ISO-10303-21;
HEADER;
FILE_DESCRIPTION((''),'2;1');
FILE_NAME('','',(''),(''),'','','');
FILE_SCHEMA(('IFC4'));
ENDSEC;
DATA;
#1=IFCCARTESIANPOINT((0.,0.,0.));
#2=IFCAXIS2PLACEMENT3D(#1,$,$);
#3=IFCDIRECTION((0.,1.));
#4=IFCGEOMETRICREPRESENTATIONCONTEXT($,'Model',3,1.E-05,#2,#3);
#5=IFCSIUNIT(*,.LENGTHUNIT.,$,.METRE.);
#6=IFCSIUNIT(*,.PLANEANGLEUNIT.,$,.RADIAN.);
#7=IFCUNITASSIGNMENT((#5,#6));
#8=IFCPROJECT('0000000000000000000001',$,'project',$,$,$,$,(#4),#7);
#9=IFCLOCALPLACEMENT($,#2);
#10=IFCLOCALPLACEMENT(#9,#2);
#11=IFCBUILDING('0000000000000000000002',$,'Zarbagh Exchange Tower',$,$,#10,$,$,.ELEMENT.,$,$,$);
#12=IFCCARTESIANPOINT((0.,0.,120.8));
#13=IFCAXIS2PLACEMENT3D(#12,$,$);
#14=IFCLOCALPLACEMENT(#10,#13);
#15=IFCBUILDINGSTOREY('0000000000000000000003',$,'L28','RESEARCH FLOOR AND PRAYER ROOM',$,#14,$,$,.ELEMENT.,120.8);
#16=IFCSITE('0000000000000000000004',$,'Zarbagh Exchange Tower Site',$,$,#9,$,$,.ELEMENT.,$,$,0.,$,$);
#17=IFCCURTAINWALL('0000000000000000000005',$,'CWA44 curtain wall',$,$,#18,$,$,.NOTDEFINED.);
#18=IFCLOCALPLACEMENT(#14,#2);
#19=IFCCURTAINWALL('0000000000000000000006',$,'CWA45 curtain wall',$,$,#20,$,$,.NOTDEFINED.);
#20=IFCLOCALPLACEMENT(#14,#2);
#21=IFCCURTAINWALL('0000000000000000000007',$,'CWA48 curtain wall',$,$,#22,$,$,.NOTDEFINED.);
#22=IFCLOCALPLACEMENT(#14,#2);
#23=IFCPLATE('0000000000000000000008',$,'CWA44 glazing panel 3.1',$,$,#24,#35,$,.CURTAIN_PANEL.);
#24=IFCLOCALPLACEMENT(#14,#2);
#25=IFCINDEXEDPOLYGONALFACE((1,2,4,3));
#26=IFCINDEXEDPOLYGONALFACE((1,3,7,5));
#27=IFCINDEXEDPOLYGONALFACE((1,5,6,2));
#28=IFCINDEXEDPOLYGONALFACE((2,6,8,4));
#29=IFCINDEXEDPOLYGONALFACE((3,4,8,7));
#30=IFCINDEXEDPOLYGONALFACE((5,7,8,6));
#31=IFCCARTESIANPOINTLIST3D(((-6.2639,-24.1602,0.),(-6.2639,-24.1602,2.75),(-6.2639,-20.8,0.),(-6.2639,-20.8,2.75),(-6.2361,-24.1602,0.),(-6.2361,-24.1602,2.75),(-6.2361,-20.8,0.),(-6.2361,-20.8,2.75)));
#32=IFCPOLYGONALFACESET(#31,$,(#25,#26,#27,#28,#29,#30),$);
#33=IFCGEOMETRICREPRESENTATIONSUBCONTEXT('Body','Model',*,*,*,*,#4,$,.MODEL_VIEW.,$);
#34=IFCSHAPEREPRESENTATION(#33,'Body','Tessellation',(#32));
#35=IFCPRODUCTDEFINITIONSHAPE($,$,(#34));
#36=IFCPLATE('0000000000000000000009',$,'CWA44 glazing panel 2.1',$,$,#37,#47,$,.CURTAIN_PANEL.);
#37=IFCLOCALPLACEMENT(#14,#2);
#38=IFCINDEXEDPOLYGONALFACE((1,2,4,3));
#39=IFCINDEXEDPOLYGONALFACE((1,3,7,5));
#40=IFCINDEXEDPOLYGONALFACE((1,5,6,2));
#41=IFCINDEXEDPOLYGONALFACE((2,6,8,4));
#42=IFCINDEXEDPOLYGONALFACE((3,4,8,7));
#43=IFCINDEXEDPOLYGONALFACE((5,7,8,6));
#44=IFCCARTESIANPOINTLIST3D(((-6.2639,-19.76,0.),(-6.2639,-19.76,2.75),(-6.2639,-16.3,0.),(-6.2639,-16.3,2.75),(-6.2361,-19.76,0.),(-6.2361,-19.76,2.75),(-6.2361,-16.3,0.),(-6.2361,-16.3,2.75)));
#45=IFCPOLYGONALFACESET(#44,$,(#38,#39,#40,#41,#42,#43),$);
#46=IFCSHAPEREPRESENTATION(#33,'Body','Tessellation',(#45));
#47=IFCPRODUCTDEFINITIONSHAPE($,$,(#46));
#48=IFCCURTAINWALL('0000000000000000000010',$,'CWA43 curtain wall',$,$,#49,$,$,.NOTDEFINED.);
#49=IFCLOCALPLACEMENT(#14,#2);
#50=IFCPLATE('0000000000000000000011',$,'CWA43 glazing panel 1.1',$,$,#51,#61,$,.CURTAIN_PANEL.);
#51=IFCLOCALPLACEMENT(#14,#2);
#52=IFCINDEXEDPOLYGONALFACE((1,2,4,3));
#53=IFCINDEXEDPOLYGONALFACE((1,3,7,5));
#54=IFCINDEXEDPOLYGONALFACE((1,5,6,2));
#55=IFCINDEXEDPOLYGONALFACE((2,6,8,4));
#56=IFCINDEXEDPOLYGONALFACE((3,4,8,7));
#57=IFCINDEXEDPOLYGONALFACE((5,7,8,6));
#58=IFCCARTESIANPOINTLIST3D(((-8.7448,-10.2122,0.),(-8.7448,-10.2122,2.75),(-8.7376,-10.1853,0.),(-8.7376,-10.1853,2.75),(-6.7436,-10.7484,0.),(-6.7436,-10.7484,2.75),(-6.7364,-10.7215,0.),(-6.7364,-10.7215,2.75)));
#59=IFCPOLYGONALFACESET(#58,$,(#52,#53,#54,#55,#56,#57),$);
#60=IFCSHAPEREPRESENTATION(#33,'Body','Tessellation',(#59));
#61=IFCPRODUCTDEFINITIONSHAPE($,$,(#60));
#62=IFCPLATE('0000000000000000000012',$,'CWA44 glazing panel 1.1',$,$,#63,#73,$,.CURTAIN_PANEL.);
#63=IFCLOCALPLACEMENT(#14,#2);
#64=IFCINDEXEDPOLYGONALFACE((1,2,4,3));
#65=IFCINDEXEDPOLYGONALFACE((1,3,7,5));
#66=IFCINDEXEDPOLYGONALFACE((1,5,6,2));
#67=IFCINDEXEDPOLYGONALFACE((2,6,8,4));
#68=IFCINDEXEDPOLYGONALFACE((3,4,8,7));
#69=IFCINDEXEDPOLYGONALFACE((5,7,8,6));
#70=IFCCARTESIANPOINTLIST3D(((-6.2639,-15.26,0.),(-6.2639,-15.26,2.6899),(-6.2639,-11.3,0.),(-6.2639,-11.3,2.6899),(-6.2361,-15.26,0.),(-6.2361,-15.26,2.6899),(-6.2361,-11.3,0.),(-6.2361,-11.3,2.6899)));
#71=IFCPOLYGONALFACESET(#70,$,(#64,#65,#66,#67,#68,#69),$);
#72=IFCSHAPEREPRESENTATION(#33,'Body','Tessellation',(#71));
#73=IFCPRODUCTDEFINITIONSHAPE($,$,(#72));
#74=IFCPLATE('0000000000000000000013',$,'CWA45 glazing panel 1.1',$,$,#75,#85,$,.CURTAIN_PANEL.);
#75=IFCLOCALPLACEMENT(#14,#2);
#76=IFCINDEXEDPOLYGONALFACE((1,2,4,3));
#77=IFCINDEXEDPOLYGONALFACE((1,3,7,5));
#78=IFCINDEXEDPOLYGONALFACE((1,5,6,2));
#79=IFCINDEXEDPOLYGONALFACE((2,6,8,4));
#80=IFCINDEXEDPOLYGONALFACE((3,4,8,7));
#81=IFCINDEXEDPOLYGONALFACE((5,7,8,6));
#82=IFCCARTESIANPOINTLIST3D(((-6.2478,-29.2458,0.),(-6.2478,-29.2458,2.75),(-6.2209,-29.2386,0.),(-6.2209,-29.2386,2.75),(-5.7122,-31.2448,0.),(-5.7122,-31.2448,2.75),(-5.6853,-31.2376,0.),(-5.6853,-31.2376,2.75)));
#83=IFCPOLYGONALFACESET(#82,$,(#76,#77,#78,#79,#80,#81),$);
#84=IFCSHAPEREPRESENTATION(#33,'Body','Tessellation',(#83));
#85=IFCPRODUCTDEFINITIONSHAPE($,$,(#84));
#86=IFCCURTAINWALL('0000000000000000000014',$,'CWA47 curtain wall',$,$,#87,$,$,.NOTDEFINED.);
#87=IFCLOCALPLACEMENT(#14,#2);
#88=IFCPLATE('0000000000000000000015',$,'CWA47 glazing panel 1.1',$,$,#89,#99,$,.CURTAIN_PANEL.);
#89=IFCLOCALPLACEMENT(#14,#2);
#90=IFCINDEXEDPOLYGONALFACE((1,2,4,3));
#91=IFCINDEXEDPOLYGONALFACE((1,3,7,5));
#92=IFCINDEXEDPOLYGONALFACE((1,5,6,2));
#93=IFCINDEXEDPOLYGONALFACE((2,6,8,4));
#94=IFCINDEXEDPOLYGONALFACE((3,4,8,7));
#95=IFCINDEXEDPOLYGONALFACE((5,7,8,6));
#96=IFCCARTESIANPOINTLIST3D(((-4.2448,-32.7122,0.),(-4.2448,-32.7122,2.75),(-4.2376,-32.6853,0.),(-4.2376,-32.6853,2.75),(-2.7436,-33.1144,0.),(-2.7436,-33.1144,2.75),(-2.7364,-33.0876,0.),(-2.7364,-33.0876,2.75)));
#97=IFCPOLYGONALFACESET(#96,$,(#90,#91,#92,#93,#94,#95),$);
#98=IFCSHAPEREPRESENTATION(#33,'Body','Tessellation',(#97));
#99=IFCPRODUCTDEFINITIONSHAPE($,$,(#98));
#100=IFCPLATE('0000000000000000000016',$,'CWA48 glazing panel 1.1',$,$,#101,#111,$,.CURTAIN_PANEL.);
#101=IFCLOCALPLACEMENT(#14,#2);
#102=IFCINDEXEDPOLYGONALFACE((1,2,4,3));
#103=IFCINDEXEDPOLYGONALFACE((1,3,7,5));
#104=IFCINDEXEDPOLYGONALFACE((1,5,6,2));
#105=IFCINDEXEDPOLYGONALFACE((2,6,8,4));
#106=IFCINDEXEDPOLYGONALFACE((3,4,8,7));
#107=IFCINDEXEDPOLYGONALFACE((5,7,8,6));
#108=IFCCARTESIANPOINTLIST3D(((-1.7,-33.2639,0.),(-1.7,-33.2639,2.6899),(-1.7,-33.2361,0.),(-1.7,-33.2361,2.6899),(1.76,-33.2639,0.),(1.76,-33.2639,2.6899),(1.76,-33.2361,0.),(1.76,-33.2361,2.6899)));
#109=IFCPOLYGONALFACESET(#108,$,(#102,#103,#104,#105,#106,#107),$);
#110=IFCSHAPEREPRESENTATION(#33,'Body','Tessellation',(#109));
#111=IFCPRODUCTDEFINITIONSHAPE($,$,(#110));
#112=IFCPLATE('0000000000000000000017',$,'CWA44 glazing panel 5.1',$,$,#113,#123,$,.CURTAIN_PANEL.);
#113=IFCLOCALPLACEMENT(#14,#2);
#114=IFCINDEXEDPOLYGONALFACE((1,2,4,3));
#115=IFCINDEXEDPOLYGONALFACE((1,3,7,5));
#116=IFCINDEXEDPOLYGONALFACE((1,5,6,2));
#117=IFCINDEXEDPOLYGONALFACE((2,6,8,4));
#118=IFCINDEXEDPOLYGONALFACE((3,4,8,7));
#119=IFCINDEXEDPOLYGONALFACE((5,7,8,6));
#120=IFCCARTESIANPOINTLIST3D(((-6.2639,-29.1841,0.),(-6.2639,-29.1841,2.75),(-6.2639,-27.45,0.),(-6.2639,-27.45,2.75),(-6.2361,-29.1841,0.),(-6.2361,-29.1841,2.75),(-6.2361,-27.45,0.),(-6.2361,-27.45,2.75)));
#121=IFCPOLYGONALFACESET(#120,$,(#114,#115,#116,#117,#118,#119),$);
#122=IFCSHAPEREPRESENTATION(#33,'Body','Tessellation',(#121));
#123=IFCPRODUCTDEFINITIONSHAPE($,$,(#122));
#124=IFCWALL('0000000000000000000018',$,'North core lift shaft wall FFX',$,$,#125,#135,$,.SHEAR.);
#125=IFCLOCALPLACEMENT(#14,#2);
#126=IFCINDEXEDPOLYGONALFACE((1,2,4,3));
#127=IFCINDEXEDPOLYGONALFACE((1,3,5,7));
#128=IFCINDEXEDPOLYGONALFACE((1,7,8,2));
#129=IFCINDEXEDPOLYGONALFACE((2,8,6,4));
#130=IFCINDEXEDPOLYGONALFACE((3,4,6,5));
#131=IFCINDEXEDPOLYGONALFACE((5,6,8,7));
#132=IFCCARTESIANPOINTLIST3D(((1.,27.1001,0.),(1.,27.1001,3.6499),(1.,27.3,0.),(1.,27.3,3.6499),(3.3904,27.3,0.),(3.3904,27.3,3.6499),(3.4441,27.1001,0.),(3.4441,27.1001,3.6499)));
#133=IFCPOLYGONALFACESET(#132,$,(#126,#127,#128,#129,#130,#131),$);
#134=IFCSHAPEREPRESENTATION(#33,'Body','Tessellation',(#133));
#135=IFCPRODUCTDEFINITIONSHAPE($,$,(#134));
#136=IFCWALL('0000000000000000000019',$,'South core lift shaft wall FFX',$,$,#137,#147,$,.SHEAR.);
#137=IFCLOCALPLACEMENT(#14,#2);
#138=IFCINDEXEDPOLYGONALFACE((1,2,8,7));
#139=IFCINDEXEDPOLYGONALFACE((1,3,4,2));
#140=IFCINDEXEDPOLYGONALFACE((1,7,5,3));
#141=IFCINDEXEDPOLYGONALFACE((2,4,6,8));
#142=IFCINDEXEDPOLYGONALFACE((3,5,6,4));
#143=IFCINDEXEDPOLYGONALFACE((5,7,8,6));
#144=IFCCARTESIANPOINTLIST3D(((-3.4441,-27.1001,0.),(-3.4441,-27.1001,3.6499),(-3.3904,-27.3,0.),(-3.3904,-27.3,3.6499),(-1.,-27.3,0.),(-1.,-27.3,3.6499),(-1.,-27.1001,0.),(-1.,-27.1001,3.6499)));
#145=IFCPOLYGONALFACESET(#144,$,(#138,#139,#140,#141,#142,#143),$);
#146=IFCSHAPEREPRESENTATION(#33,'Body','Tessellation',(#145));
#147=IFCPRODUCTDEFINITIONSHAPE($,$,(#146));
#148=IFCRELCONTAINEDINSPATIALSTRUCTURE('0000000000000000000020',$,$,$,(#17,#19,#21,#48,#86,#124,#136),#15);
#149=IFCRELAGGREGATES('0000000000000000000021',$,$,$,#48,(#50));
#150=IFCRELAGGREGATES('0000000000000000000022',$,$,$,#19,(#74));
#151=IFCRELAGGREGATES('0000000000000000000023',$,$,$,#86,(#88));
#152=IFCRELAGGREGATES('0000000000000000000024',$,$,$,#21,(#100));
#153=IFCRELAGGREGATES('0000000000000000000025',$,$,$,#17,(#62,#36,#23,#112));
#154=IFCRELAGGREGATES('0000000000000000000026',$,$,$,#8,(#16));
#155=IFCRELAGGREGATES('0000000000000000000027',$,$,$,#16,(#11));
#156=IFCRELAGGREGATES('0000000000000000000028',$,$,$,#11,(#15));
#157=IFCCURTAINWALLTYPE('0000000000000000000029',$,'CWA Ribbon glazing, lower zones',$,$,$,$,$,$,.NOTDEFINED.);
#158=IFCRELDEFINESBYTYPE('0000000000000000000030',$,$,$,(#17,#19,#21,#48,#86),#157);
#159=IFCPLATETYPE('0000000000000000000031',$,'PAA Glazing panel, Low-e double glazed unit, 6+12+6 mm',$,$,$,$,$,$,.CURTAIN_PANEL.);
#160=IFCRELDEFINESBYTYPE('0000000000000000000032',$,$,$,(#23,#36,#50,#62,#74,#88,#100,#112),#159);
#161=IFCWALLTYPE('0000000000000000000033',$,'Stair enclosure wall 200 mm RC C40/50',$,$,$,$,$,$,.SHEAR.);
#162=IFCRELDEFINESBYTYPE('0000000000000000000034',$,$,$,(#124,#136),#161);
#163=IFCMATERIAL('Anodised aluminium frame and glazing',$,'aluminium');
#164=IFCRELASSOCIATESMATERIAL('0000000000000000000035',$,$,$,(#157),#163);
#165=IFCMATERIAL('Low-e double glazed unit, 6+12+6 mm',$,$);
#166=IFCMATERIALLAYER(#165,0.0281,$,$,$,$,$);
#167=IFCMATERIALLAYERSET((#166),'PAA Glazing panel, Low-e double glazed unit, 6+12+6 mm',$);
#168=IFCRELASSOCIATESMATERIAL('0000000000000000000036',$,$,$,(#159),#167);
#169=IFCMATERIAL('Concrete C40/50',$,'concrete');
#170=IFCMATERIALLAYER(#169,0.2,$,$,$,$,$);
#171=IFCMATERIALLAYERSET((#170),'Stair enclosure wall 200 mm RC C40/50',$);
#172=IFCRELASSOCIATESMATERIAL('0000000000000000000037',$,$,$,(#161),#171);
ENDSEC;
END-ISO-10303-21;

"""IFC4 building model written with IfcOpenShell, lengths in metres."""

from ifc_helpers import new_model, si_unit, direction, frame, origin, place, context, subcontext, project, spatial, polyline, outline, extrude, source, transform, mapped, material, layer, layer_set, type_object, element, aggregate, save


model = new_model("IFC4")

# Units and contexts
model_context = context("Model", 3, precision=1e-05, world=origin(), true_north=direction((0.0, 1.0)))
body_context = subcontext(model_context, "Body", "Model", "MODEL_VIEW")
ifc_project = project(units=[si_unit("LENGTHUNIT", "METRE"), si_unit("PLANEANGLEUNIT", "RADIAN")], contexts=[model_context])

# Site, building, storey
site_placement = place(None, origin())
site = spatial("IfcSite", under=ifc_project, at=site_placement, Name="Zarbagh Exchange Tower Site", CompositionType="ELEMENT", RefElevation=0.0)
building_placement = place(site_placement, origin())
building = spatial("IfcBuilding", under=site, at=building_placement, Name="Zarbagh Exchange Tower", CompositionType="ELEMENT")
storey_placement = place(building_placement, frame((0.0, 0.0, 120.8)))
storey = spatial("IfcBuildingStorey", under=building, at=storey_placement, Name="L28", Description="RESEARCH FLOOR AND PRAYER ROOM", CompositionType="ELEMENT", Elevation=120.8)

# Curtain wall
ifc_material_1 = material(Name="Anodised aluminium frame and glazing", Category="aluminium")
curtain_wall_type = type_object("IfcCurtainWallType", Name="CWA Ribbon glazing, lower zones", PredefinedType="NOTDEFINED", material=ifc_material_1)
curtain_wall_1_placement = place(storey_placement, origin())
curtain_wall_1 = element("IfcCurtainWall", 1, at=curtain_wall_1_placement, inside=storey, type_object=curtain_wall_type, Name="CWA44 curtain wall", PredefinedType="NOTDEFINED")
placement = place(storey_placement, origin())

# Curtain walls
curtain_wall_2_placement = place(storey_placement, origin())
curtain_wall_2 = element("IfcCurtainWall", 2, at=curtain_wall_2_placement, inside=storey, type_object=curtain_wall_type, Name="CWA45 curtain wall", PredefinedType="NOTDEFINED")
curtain_wall_3_placement = place(storey_placement, origin())
curtain_wall_3 = element("IfcCurtainWall", 3, at=curtain_wall_3_placement, inside=storey, type_object=curtain_wall_type, Name="CWA48 curtain wall", PredefinedType="NOTDEFINED")

# Shared definitions
ifc_material_2 = material(Name="Concrete C40/50", Category="concrete")

# Shared definitions
ifc_material_3 = material(Name="Low-e double glazed unit, 6+12+6 mm")
ifc_layer_1 = layer(ifc_material_3, 0.0281)
ifc_layer_set_1 = layer_set([ifc_layer_1], Name="PAA Glazing panel, Low-e double glazed unit, 6+12+6 mm")
plate_type = type_object("IfcPlateType", Name="PAA Glazing panel, Low-e double glazed unit, 6+12+6 mm", PredefinedType="CURTAIN_PANEL", material=ifc_layer_set_1)

# Plates
shared_shape_1 = source(origin(), body_context, "Body", "SweptSolid", [
    extrude(outline(polyline([(0.0, -0.0139), (3.3601, -0.0139), (3.3601, 0.0139), (0.0, 0.0139), (0.0, -0.0139)])), origin(), (0.0, 0.0, 1.0), 2.75),
])
plate_1 = element("IfcPlate", 4, at=placement, type_object=plate_type, Name="CWA44 glazing panel 3.1", PredefinedType="CURTAIN_PANEL", context=body_context, shape_type="MappedRepresentation", body=[
    mapped(shared_shape_1, transform((-6.25, -20.8, 0.0), x_axis=(0.0, -1.0, 0.0), y_axis=(1.0, 0.0, 0.0), z_axis=(0.0, 0.0, 1.0))),
])
shared_shape_2 = source(origin(), body_context, "Body", "SweptSolid", [
    extrude(outline(polyline([(0.0, -0.0139), (3.46, -0.0139), (3.46, 0.0139), (0.0, 0.0139), (0.0, -0.0139)])), origin(), (0.0, 0.0, 1.0), 2.75),
])
plate_2 = element("IfcPlate", 5, at=placement, type_object=plate_type, Name="CWA44 glazing panel 2.1", PredefinedType="CURTAIN_PANEL", context=body_context, shape_type="MappedRepresentation", body=[
    mapped(shared_shape_2, transform((-6.25, -16.3, 0.0), x_axis=(0.0, -1.0, 0.0), y_axis=(1.0, 0.0, 0.0), z_axis=(0.0, 0.0, 1.0))),
])

# Curtain wall, plate
curtain_wall_4_placement = place(storey_placement, origin())
curtain_wall_4 = element("IfcCurtainWall", 6, at=curtain_wall_4_placement, inside=storey, type_object=curtain_wall_type, Name="CWA43 curtain wall", PredefinedType="NOTDEFINED")
shared_shape_3 = source(origin(), body_context, "Body", "SweptSolid", [
    extrude(outline(polyline([(0.0, -0.0139), (2.0718, -0.0139), (2.0718, 0.0139), (0.0, 0.0139), (0.0, -0.0139)])), origin(), (0.0, 0.0, 1.0), 2.75),
])
plate_3 = element("IfcPlate", 7, at=placement, type_object=plate_type, Name="CWA43 glazing panel 1.1", PredefinedType="CURTAIN_PANEL", context=body_context, shape_type="MappedRepresentation", body=[
    mapped(shared_shape_3, transform((-8.7412, -10.1987, 0.0), x_axis=(0.965924, -0.258825, 0.0), y_axis=(0.258825, 0.965924, 0.0), z_axis=(0.0, 0.0, 1.0))),
])
aggregate(curtain_wall_4, [plate_3])

# Plates
shared_shape_4 = source(origin(), body_context, "Body", "SweptSolid", [
    extrude(outline(polyline([(0.0, -0.0139), (3.96, -0.0139), (3.96, 0.0139), (0.0, 0.0139), (0.0, -0.0139)])), origin(), (0.0, 0.0, 1.0), 2.6899),
])
plate_4 = element("IfcPlate", 8, at=placement, type_object=plate_type, Name="CWA44 glazing panel 1.1", PredefinedType="CURTAIN_PANEL", context=body_context, shape_type="MappedRepresentation", body=[
    mapped(shared_shape_4, transform((-6.25, -11.3, 0.0), x_axis=(0.0, -1.0, 0.0), y_axis=(1.0, 0.0, 0.0), z_axis=(0.0, 0.0, 1.0))),
])
shared_shape_5 = source(origin(), body_context, "Body", "SweptSolid", [
    extrude(outline(polyline([(0.0, -0.0139), (2.0696, -0.0139), (2.0696, 0.0139), (0.0, 0.0139), (0.0, -0.0139)])), origin(), (0.0, 0.0, 1.0), 2.75),
])
plate_5 = element("IfcPlate", 9, at=placement, type_object=plate_type, Name="CWA45 glazing panel 1.1", PredefinedType="CURTAIN_PANEL", context=body_context, shape_type="MappedRepresentation", body=[
    mapped(shared_shape_5, transform((-6.2344, -29.2422, 0.0), x_axis=(0.258825, -0.965924, 0.0), y_axis=(0.965924, 0.258825, 0.0), z_axis=(0.0, 0.0, 1.0))),
])
aggregate(curtain_wall_2, [plate_5])

# Curtain wall, plate
curtain_wall_5_placement = place(storey_placement, origin())
curtain_wall_5 = element("IfcCurtainWall", 10, at=curtain_wall_5_placement, inside=storey, type_object=curtain_wall_type, Name="CWA47 curtain wall", PredefinedType="NOTDEFINED")
shared_shape_6 = source(origin(), body_context, "Body", "SweptSolid", [
    extrude(outline(polyline([(0.0, -0.0139), (1.5542, -0.0139), (1.5542, 0.0139), (0.0, 0.0139), (0.0, -0.0139)])), origin(), (0.0, 0.0, 1.0), 2.75),
])
plate_6 = element("IfcPlate", 11, at=placement, type_object=plate_type, Name="CWA47 glazing panel 1.1", PredefinedType="CURTAIN_PANEL", context=body_context, shape_type="MappedRepresentation", body=[
    mapped(shared_shape_6, transform((-4.2412, -32.6987, 0.0), x_axis=(0.965924, -0.258825, 0.0), y_axis=(0.258825, 0.965924, 0.0), z_axis=(0.0, 0.0, 1.0))),
])
aggregate(curtain_wall_5, [plate_6])

# Plates
shared_shape_7 = source(origin(), body_context, "Body", "SweptSolid", [
    extrude(outline(polyline([(0.0, -0.0139), (3.46, -0.0139), (3.46, 0.0139), (0.0, 0.0139), (0.0, -0.0139)])), origin(), (0.0, 0.0, 1.0), 2.6899),
])
plate_7 = element("IfcPlate", 12, at=placement, type_object=plate_type, Name="CWA48 glazing panel 1.1", PredefinedType="CURTAIN_PANEL", context=body_context, shape_type="MappedRepresentation", body=[
    mapped(shared_shape_7, transform((-1.7, -33.25, 0.0), x_axis=(1.0, 0.0, 0.0), y_axis=(0.0, 1.0, 0.0), z_axis=(0.0, 0.0, 1.0))),
])
aggregate(curtain_wall_3, [plate_7])
shared_shape_8 = source(origin(), body_context, "Body", "SweptSolid", [
    extrude(outline(polyline([(0.0, -0.0139), (1.7341, -0.0139), (1.7341, 0.0139), (0.0, 0.0139), (0.0, -0.0139)])), origin(), (0.0, 0.0, 1.0), 2.75),
])
plate_8 = element("IfcPlate", 13, at=placement, type_object=plate_type, Name="CWA44 glazing panel 5.1", PredefinedType="CURTAIN_PANEL", context=body_context, shape_type="MappedRepresentation", body=[
    mapped(shared_shape_8, transform((-6.25, -27.45, 0.0), x_axis=(0.0, -1.0, 0.0), y_axis=(1.0, 0.0, 0.0), z_axis=(0.0, 0.0, 1.0))),
])
aggregate(curtain_wall_1, [plate_4, plate_2, plate_1, plate_8])

# Walls
ifc_layer_2 = layer(ifc_material_2, 0.2)
ifc_layer_set_2 = layer_set([ifc_layer_2], Name="Stair enclosure wall 200 mm RC C40/50")
wall_type = type_object("IfcWallType", Name="Stair enclosure wall 200 mm RC C40/50", PredefinedType="SHEAR", material=ifc_layer_set_2)
wall_1_placement = place(storey_placement, origin())
element("IfcWall", 14, at=wall_1_placement, inside=storey, type_object=wall_type, Name="North core lift shaft wall FFX", PredefinedType="SHEAR", context=body_context, shape_type="SweptSolid", body=[
    extrude(outline(polyline([(1.0, 27.1001), (3.4441, 27.1001), (3.3904, 27.3), (1.0, 27.3), (1.0, 27.1001)])), origin(), (0.0, 0.0, 1.0), 3.6499),
])
wall_2_placement = place(storey_placement, origin())
element("IfcWall", 15, at=wall_2_placement, inside=storey, type_object=wall_type, Name="South core lift shaft wall FFX", PredefinedType="SHEAR", context=body_context, shape_type="SweptSolid", body=[
    extrude(outline(polyline([(-1.0, -27.1001), (-3.4441, -27.1001), (-3.3904, -27.3), (-1.0, -27.3), (-1.0, -27.1001)])), origin(), (0.0, 0.0, 1.0), 3.6499),
])

save(model, "model.ifc")
